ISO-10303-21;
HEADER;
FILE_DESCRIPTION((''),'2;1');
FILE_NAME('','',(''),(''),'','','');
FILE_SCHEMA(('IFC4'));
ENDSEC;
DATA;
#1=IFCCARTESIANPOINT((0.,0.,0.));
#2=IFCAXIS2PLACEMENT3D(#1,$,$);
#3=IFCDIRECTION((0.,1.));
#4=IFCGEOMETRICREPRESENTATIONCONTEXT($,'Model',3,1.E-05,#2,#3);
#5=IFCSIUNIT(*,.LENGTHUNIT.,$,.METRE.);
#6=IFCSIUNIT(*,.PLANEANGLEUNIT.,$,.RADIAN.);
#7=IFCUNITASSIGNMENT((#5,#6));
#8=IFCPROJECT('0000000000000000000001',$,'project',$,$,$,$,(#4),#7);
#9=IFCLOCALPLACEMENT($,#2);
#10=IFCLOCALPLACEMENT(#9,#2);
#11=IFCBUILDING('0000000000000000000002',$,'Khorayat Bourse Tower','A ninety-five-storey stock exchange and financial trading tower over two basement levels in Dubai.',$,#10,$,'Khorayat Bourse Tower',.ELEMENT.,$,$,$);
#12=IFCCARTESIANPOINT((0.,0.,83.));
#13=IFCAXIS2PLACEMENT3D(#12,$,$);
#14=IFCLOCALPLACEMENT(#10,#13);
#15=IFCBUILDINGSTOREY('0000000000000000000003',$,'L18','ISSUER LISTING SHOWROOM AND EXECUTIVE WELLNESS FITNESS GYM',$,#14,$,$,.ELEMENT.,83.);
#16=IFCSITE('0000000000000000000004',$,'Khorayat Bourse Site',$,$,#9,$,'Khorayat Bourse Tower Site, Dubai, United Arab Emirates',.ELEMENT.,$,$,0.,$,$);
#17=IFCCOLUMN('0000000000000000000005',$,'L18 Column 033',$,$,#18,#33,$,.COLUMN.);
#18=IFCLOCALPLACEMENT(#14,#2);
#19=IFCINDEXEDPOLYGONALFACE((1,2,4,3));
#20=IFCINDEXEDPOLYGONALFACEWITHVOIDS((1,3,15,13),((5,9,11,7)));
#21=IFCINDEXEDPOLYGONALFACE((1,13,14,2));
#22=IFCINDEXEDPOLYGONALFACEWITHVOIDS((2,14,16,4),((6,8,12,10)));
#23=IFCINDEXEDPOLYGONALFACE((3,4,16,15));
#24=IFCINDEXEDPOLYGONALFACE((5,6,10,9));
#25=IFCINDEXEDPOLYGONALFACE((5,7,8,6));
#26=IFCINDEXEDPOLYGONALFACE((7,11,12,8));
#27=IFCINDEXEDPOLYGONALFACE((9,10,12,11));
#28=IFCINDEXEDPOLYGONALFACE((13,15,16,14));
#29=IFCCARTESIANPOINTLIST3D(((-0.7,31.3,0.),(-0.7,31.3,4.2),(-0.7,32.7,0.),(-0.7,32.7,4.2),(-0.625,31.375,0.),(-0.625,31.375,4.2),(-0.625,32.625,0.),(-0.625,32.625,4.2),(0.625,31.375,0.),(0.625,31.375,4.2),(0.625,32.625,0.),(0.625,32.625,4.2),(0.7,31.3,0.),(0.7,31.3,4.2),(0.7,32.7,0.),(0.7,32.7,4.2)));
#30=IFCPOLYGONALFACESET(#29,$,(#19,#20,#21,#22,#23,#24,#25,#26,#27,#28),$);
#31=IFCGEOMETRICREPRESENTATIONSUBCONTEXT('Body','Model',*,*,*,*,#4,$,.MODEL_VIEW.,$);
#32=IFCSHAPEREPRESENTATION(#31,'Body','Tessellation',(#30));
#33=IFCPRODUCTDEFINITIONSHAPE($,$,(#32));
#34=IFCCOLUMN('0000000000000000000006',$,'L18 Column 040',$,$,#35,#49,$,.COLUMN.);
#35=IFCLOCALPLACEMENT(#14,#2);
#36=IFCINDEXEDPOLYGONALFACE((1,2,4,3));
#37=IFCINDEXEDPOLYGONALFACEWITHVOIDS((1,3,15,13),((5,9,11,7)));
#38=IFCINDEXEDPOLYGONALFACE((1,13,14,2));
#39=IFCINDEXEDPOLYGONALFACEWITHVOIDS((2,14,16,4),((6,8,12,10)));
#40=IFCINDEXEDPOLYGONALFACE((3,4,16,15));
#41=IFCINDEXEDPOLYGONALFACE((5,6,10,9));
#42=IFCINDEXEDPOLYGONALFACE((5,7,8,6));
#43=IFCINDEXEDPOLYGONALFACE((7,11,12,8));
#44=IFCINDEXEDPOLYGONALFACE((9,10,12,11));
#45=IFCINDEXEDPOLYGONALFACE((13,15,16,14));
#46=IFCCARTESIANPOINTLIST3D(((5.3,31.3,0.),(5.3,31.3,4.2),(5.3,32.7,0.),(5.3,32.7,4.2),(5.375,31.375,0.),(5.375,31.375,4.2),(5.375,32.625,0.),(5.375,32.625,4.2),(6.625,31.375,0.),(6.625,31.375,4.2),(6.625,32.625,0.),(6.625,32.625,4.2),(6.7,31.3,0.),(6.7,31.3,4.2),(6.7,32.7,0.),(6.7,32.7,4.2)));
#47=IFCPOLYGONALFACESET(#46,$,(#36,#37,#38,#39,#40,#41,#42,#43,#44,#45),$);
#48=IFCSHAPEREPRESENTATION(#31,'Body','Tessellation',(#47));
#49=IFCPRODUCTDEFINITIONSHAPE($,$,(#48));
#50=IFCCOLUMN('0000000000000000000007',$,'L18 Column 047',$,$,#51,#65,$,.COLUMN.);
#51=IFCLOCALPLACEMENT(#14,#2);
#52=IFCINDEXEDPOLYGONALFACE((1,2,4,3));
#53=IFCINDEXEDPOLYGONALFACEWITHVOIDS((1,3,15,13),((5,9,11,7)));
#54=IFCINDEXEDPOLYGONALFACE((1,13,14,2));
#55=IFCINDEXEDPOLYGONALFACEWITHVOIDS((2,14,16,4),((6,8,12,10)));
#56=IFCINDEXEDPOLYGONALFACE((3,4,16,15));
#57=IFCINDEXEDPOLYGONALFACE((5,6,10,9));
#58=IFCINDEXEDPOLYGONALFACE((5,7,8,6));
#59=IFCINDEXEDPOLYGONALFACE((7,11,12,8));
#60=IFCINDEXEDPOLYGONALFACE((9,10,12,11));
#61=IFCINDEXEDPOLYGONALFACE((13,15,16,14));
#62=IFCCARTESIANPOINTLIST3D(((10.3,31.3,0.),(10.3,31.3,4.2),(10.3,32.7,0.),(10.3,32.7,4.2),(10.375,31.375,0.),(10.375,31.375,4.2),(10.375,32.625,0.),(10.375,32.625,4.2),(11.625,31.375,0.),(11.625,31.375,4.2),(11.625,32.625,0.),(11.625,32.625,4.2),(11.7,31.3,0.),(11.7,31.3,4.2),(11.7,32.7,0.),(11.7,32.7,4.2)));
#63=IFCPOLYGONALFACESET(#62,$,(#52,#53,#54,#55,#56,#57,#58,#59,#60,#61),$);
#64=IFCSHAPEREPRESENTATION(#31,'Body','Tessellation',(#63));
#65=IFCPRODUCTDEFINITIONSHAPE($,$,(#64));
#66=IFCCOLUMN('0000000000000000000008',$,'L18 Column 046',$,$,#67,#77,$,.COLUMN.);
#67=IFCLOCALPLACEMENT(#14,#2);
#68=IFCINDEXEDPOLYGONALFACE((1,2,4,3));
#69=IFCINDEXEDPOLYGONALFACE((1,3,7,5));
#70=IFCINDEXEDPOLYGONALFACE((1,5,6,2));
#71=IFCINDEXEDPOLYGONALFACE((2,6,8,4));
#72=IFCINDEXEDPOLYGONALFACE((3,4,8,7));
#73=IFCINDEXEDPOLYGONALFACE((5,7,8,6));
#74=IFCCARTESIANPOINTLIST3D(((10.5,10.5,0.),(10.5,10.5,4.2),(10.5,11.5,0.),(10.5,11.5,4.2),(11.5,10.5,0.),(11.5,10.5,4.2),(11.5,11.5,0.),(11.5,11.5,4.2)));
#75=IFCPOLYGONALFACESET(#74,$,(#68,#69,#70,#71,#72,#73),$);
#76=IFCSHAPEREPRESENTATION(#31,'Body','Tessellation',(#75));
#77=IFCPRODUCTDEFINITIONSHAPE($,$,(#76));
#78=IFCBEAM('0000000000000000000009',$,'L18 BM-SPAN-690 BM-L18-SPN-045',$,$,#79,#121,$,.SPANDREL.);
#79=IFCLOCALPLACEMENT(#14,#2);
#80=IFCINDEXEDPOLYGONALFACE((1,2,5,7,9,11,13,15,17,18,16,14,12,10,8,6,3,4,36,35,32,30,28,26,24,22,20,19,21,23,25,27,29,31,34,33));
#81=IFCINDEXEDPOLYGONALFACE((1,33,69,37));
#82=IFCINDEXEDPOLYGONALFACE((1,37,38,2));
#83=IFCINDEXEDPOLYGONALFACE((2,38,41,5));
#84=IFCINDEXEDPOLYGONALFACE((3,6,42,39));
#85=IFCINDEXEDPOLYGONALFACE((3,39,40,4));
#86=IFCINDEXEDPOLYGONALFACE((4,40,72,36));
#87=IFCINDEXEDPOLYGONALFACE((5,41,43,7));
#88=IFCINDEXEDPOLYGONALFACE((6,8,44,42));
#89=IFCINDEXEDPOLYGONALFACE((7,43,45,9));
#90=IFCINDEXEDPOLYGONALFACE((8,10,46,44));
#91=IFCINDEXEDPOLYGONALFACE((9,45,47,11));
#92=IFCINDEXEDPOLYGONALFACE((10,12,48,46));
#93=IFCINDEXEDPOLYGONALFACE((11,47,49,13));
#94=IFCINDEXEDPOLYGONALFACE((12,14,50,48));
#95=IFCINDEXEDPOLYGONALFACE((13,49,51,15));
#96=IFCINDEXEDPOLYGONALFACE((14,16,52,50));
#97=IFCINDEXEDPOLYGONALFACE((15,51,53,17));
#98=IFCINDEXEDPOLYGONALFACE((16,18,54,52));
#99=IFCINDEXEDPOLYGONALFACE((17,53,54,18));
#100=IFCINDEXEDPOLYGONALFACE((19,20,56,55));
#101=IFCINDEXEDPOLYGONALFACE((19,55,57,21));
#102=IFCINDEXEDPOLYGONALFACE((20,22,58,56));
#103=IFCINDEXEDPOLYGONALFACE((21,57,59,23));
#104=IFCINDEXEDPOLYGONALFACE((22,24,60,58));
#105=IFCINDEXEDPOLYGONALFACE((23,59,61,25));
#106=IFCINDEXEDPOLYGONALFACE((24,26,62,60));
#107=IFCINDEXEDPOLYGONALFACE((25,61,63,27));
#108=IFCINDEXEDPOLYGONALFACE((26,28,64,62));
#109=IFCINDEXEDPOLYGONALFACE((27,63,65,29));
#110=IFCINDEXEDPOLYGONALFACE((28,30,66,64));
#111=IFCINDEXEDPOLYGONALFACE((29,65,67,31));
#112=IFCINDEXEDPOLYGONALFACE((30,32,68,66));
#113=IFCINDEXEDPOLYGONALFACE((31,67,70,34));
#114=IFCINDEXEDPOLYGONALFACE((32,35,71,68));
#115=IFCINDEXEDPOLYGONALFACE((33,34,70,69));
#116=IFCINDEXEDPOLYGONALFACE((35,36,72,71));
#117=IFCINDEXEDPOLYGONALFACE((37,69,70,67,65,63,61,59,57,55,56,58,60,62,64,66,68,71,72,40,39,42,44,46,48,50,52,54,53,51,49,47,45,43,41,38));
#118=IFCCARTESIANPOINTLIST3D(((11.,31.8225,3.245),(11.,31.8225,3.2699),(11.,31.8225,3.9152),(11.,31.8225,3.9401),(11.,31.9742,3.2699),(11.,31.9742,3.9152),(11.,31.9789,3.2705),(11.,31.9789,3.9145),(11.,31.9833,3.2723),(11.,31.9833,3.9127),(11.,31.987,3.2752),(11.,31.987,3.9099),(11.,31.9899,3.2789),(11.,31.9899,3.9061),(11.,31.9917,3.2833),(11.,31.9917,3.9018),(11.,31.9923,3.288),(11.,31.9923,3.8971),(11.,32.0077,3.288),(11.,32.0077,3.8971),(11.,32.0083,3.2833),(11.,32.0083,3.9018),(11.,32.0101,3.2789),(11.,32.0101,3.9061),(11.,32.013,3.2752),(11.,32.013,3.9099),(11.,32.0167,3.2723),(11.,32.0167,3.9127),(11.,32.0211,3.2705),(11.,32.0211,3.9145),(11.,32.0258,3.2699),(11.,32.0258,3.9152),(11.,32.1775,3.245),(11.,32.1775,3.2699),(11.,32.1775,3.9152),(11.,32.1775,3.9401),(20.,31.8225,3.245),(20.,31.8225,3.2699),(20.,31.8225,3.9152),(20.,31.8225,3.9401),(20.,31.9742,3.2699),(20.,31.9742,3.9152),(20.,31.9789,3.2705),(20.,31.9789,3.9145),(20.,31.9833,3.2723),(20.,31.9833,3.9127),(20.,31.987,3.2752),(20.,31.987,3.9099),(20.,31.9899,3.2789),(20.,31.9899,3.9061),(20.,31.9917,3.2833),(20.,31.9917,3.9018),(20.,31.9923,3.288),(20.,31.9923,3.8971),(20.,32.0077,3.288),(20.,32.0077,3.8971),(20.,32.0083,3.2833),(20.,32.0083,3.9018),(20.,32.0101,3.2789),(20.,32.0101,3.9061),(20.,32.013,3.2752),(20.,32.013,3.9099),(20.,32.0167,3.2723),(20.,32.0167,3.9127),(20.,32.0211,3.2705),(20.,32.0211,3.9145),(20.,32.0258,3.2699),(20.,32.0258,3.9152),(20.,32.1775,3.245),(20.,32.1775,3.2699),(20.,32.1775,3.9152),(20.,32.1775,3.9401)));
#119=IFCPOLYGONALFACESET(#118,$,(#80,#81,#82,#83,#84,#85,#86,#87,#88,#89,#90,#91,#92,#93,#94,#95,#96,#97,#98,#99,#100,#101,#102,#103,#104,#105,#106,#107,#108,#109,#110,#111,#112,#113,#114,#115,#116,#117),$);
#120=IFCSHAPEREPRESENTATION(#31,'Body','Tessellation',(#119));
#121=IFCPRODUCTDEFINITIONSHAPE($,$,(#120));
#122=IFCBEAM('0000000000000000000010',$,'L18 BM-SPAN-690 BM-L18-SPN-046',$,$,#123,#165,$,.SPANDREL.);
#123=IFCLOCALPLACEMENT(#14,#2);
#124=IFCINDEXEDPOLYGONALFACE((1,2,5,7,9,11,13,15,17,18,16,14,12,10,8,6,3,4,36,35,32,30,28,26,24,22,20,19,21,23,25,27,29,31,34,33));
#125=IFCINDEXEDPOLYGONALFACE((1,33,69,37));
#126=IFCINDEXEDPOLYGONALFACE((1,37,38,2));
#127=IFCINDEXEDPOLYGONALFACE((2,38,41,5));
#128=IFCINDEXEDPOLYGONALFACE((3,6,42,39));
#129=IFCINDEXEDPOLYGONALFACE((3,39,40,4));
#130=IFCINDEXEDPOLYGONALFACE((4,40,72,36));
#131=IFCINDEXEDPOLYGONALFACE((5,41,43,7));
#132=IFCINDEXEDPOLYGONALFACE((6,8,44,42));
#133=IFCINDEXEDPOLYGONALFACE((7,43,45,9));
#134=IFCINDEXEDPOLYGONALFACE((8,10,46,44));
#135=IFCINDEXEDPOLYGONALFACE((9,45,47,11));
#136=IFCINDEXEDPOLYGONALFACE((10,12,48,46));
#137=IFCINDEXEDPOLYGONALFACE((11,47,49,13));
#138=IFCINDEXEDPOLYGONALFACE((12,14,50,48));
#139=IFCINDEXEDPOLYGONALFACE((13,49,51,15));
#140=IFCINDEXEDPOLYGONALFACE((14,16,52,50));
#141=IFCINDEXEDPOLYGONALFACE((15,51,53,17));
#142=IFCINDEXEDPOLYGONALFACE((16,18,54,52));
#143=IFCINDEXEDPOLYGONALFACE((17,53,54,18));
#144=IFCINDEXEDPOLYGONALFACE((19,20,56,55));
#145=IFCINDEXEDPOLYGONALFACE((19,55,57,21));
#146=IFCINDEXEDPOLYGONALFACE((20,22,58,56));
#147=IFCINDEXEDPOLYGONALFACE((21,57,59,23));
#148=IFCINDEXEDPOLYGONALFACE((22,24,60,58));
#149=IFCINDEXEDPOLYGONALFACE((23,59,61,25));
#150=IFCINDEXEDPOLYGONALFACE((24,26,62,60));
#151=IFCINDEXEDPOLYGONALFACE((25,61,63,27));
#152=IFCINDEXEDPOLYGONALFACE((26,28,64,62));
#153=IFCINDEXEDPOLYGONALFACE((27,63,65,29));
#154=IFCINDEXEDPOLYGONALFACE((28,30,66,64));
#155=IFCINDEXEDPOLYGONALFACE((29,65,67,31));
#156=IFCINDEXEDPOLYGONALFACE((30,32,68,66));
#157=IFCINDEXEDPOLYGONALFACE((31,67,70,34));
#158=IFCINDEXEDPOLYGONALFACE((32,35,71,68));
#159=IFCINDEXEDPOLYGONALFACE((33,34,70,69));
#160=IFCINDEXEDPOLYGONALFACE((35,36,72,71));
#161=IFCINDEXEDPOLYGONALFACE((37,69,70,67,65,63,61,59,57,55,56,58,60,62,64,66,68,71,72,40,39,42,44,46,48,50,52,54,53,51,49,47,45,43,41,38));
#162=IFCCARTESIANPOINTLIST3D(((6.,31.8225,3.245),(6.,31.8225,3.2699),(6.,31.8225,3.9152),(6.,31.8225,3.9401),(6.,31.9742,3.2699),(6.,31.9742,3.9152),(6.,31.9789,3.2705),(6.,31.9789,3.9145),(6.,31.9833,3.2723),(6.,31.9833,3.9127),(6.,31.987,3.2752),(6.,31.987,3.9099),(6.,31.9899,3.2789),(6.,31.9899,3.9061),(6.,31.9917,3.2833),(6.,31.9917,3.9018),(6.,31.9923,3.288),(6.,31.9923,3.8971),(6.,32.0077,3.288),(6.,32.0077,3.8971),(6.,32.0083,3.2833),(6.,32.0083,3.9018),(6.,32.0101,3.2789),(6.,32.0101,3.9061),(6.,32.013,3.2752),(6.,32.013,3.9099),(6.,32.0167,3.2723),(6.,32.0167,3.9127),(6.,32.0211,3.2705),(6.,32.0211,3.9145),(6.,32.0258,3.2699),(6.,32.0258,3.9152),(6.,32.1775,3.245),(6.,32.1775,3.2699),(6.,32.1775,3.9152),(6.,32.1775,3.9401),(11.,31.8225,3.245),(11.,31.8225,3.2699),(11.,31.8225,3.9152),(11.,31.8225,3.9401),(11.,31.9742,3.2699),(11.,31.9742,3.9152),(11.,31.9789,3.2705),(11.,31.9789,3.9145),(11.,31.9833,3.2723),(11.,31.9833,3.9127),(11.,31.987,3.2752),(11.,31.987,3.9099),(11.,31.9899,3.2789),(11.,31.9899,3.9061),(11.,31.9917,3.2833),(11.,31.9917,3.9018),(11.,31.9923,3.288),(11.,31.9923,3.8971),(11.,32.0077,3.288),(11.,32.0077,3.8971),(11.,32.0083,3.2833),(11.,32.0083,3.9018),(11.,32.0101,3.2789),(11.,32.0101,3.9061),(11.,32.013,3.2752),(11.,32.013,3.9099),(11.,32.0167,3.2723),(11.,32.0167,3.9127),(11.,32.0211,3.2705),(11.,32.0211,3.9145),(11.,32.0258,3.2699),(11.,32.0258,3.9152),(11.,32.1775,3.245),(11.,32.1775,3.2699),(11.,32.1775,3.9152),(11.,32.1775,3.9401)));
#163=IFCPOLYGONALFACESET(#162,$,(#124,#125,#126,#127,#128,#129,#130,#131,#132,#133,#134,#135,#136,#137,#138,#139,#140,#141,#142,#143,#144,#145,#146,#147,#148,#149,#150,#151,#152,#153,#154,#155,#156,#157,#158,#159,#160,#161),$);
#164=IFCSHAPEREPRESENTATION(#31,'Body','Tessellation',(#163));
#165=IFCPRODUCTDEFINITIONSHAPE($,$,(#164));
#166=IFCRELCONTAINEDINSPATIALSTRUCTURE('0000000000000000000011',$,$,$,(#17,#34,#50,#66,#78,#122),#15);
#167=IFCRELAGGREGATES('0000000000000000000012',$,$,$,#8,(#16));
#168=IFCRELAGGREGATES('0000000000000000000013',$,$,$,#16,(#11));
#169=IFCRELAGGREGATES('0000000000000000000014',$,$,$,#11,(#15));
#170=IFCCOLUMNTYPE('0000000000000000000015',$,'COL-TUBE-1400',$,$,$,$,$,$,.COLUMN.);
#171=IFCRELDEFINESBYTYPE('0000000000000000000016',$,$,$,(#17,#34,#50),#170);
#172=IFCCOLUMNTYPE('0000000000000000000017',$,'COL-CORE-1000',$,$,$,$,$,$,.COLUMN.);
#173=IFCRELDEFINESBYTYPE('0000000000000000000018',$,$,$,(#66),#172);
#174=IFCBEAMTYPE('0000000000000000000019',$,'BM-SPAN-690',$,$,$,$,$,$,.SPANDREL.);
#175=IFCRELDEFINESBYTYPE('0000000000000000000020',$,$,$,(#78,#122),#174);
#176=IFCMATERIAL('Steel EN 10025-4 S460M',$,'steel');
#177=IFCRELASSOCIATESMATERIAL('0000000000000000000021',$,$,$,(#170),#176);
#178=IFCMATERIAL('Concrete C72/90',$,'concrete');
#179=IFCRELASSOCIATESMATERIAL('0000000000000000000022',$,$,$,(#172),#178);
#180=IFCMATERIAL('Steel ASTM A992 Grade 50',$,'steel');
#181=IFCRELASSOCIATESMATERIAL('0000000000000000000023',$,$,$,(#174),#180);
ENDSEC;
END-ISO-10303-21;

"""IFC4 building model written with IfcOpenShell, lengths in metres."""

from ifc_helpers import new_model, si_unit, direction, frame, origin, origin_2d, place, context, subcontext, project, spatial, rectangle, hollow_rectangle, i_section, extrude, source, transform, mapped, material, material_profile, profile_set, type_object, element, save


model = new_model("IFC4")

# Units and contexts
model_context = context("Model", 3, precision=1e-05, world=origin(), true_north=direction((0.0, 1.0)))
body_context = subcontext(model_context, "Body", "Model", "MODEL_VIEW")
ifc_project = project(units=[si_unit("LENGTHUNIT", "METRE"), si_unit("PLANEANGLEUNIT", "RADIAN")], contexts=[model_context])

# Site, building, storey
site_placement = place(None, origin())
site = spatial("IfcSite", under=ifc_project, at=site_placement, Name="Khorayat Bourse Site", LongName="Khorayat Bourse Tower Site, Dubai, United Arab Emirates", CompositionType="ELEMENT", RefElevation=0.0)
building_placement = place(site_placement, origin())
building = spatial("IfcBuilding", under=site, at=building_placement, Name="Khorayat Bourse Tower", Description="A ninety-five-storey stock exchange and financial trading tower over two basement levels in Dubai.", LongName="Khorayat Bourse Tower", CompositionType="ELEMENT")
storey_placement = place(building_placement, frame((0.0, 0.0, 83.0)))
storey = spatial("IfcBuildingStorey", under=building, at=storey_placement, Name="L18", Description="ISSUER LISTING SHOWROOM AND EXECUTIVE WELLNESS FITNESS GYM", CompositionType="ELEMENT", Elevation=83.0)

# Columns
ifc_material_1 = material(Name="Steel EN 10025-4 S460M", Category="steel")
ifc_material_profile_1 = material_profile(ifc_material_1, hollow_rectangle(XDim=1.3999, YDim=1.3999, WallThickness=0.075, at=origin_2d()), Name="BOX 1400x1400x75")
ifc_profile_set_1 = profile_set([ifc_material_profile_1], Name="Steel EN 10025-4 S460M")
column_type_1 = type_object("IfcColumnType", Name="COL-TUBE-1400", PredefinedType="COLUMN", material=ifc_profile_set_1)
shared_shape_1 = source(origin(), body_context, "Body", "SweptSolid", [
    extrude(hollow_rectangle(XDim=1.3999, YDim=1.3999, WallThickness=0.075, at=origin_2d()), origin(), (0.0, 0.0, 1.0), 4.2),
])
for number, where, z_axis, x_axis, name in (
    (1, (0.0, 32.0, 0.0), (0.0, 0.0, 1.0), (1.0, 0.0, 0.0), "L18 Column 033"),
    (2, (6.0, 32.0, 0.0), (0.0, 0.0, 1.0), (1.0, 0.0, 0.0), "L18 Column 040"),
    (3, (11.0, 32.0, 0.0), (0.0, 0.0, 1.0), (1.0, 0.0, 0.0), "L18 Column 047"),
):
    element("IfcColumn", number, at=place(storey_placement, frame(where, z_axis=z_axis, x_axis=x_axis)), inside=storey, type_object=column_type_1, Name=name, PredefinedType="COLUMN", context=body_context, shape_type="MappedRepresentation", body=[
        mapped(shared_shape_1, transform((0.0, 0.0, 0.0), scale=1.0)),
    ])
ifc_material_2 = material(Name="Concrete C72/90", Category="concrete")
ifc_material_profile_2 = material_profile(ifc_material_2, rectangle(XDim=1.0, YDim=1.0, at=origin_2d()), Name="RC 1000x1000")
ifc_profile_set_2 = profile_set([ifc_material_profile_2], Name="Concrete C72/90")
column_type_2 = type_object("IfcColumnType", Name="COL-CORE-1000", PredefinedType="COLUMN", material=ifc_profile_set_2)
shared_shape_2 = source(origin(), body_context, "Body", "SweptSolid", [
    extrude(rectangle(XDim=1.0, YDim=1.0, at=origin_2d()), origin(), (0.0, 0.0, 1.0), 4.2),
])
column_placement = place(storey_placement, frame((11.0, 11.0, 0.0), z_axis=(0.0, 0.0, 1.0), x_axis=(1.0, 0.0, 0.0)))
element("IfcColumn", 4, at=column_placement, inside=storey, type_object=column_type_2, Name="L18 Column 046", PredefinedType="COLUMN", context=body_context, shape_type="MappedRepresentation", body=[
    mapped(shared_shape_2, transform((0.0, 0.0, 0.0), scale=1.0)),
])

# Beams
ifc_material_3 = material(Name="Steel ASTM A992 Grade 50", Category="steel")
ifc_material_profile_3 = material_profile(ifc_material_3, i_section(OverallWidth=0.355, OverallDepth=0.6951, WebThickness=0.0154, FlangeThickness=0.0249, FilletRadius=0.0181, at=origin_2d()), Name="W690X217")
ifc_profile_set_3 = profile_set([ifc_material_profile_3], Name="Steel ASTM A992 Grade 50")
beam_type_1 = type_object("IfcBeamType", Name="BM-SPAN-690", PredefinedType="SPANDREL", material=ifc_profile_set_3)
shared_shape_3 = source(origin(), body_context, "Body", "SweptSolid", [
    extrude(i_section(OverallWidth=0.355, OverallDepth=0.6951, WebThickness=0.0154, FlangeThickness=0.0249, FilletRadius=0.0181, at=origin_2d()), origin(), (0.0, 0.0, 1.0), 9.0),
])
beam_1_placement = place(storey_placement, frame((11.0, 32.0, 3.5925), z_axis=(1.0, 0.0, 0.0), x_axis=(0.0, 1.0, 0.0)))
element("IfcBeam", 5, at=beam_1_placement, inside=storey, type_object=beam_type_1, Name="L18 BM-SPAN-690 BM-L18-SPN-045", PredefinedType="SPANDREL", context=body_context, shape_type="MappedRepresentation", body=[
    mapped(shared_shape_3, transform((0.0, 0.0, 0.0), scale=1.0)),
])
shared_shape_4 = source(origin(), body_context, "Body", "SweptSolid", [
    extrude(i_section(OverallWidth=0.355, OverallDepth=0.6951, WebThickness=0.0154, FlangeThickness=0.0249, FilletRadius=0.0181, at=origin_2d()), origin(), (0.0, 0.0, 1.0), 5.0),
])
beam_2_placement = place(storey_placement, frame((6.0, 32.0, 3.5925), z_axis=(1.0, 0.0, 0.0), x_axis=(0.0, 1.0, 0.0)))
element("IfcBeam", 6, at=beam_2_placement, inside=storey, type_object=beam_type_1, Name="L18 BM-SPAN-690 BM-L18-SPN-046", PredefinedType="SPANDREL", context=body_context, shape_type="MappedRepresentation", body=[
    mapped(shared_shape_4, transform((0.0, 0.0, 0.0), scale=1.0)),
])

save(model, "model.ifc")
